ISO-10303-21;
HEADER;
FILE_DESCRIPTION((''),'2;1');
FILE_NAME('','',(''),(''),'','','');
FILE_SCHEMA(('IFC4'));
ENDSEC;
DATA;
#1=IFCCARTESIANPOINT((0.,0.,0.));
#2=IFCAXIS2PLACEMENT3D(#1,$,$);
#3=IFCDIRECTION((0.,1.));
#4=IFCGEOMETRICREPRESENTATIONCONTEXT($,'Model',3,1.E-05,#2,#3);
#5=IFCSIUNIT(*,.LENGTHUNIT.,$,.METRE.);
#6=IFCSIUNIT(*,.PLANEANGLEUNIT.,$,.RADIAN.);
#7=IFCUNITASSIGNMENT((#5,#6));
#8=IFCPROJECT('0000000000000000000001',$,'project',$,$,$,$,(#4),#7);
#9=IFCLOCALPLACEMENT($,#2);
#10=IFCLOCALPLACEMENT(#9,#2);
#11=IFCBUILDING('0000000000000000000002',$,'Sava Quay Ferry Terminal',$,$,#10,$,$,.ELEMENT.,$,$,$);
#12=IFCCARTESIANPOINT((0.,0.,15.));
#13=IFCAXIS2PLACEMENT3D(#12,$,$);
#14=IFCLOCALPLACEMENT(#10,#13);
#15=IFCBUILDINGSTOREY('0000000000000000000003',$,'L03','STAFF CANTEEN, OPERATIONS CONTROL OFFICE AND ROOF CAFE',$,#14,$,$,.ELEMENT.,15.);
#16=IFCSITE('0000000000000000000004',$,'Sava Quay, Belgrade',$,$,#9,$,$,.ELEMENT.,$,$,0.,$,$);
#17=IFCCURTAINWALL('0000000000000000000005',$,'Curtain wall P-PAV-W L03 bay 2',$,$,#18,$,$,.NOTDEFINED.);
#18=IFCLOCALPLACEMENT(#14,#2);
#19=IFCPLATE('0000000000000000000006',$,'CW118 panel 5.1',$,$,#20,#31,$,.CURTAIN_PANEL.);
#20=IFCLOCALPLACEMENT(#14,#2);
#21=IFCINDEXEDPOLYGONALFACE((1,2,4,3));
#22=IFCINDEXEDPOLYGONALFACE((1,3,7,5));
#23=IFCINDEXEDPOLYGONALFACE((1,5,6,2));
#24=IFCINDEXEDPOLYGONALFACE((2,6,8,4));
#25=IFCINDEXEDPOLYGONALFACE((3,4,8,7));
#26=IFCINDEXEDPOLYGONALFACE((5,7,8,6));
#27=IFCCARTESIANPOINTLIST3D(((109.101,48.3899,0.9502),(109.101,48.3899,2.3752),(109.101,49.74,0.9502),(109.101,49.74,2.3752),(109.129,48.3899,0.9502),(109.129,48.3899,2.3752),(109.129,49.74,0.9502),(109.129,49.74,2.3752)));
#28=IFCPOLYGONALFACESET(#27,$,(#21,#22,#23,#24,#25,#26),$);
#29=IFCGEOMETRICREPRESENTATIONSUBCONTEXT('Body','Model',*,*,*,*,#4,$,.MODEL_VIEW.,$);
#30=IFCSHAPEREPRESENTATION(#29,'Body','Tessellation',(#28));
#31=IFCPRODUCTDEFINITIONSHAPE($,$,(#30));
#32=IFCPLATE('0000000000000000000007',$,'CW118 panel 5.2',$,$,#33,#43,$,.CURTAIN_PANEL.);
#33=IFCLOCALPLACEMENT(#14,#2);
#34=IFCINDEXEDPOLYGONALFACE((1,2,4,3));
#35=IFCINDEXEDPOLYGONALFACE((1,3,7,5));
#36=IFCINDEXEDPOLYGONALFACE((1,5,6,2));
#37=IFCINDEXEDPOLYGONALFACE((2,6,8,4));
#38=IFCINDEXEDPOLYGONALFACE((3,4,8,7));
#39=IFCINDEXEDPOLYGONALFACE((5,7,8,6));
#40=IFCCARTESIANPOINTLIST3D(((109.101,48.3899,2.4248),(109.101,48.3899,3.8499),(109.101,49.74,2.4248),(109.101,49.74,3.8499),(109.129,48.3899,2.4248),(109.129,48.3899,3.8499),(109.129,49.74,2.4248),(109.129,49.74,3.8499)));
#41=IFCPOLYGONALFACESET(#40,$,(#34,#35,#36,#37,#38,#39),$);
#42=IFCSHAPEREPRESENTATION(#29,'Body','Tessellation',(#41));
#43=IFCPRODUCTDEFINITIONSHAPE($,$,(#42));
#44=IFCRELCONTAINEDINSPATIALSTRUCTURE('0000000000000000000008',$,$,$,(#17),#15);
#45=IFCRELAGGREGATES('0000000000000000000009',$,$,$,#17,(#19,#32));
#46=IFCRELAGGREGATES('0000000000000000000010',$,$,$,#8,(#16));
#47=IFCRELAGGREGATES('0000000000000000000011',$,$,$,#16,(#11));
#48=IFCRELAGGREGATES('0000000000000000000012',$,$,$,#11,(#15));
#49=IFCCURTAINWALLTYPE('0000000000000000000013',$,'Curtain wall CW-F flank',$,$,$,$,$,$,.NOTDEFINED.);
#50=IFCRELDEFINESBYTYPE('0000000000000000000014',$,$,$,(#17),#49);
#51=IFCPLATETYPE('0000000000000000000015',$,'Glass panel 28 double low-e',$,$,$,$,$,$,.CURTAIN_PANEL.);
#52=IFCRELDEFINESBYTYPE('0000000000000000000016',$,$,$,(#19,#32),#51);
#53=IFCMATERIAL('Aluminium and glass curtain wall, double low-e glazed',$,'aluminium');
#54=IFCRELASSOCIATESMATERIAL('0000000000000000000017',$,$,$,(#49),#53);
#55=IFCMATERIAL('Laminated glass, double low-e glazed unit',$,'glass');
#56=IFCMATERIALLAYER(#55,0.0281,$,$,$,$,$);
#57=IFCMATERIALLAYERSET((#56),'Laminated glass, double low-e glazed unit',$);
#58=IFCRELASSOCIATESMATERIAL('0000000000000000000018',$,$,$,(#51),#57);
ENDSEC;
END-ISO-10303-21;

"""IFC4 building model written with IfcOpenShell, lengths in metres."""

from ifc_helpers import new_model, si_unit, direction, frame, origin, origin_2d, place, context, subcontext, project, spatial, rectangle, extrude, material, layer, layer_set, type_object, element, aggregate, save


model = new_model("IFC4")

# Units and contexts
model_context = context("Model", 3, precision=1e-05, world=origin(), true_north=direction((0.0, 1.0)))
body_context = subcontext(model_context, "Body", "Model", "MODEL_VIEW")
ifc_project = project(units=[si_unit("LENGTHUNIT", "METRE"), si_unit("PLANEANGLEUNIT", "RADIAN")], contexts=[model_context])

# Site, building, storey
site_placement = place(None, origin())
site = spatial("IfcSite", under=ifc_project, at=site_placement, Name="Sava Quay, Belgrade", CompositionType="ELEMENT", RefElevation=0.0)
building_placement = place(site_placement, origin())
building = spatial("IfcBuilding", under=site, at=building_placement, Name="Sava Quay Ferry Terminal", CompositionType="ELEMENT")
storey_placement = place(building_placement, frame((0.0, 0.0, 15.0)))
storey = spatial("IfcBuildingStorey", under=building, at=storey_placement, Name="L03", Description="STAFF CANTEEN, OPERATIONS CONTROL OFFICE AND ROOF CAFE", CompositionType="ELEMENT", Elevation=15.0)

# Shared definitions
ifc_material_1 = material(Name="Aluminium and glass curtain wall, double low-e glazed", Category="aluminium")
curtain_wall_type = type_object("IfcCurtainWallType", Name="Curtain wall CW-F flank", PredefinedType="NOTDEFINED", material=ifc_material_1)

# Curtain wall
curtain_wall_1_placement = place(storey_placement, origin())
curtain_wall_1 = element("IfcCurtainWall", 1, at=curtain_wall_1_placement, inside=storey, type_object=curtain_wall_type, Name="Curtain wall P-PAV-W L03 bay 2", PredefinedType="NOTDEFINED")

# Plates
ifc_material_2 = material(Name="Laminated glass, double low-e glazed unit", Category="glass")
ifc_layer = layer(ifc_material_2, 0.0281)
ifc_layer_set = layer_set([ifc_layer], Name="Laminated glass, double low-e glazed unit")
plate_type = type_object("IfcPlateType", Name="Glass panel 28 double low-e", PredefinedType="CURTAIN_PANEL", material=ifc_layer_set)
plate_1_placement = place(storey_placement, frame((109.115, 49.0649, 0.9502), z_axis=(0.0, 0.0, 1.0), x_axis=(0.0, 1.0, 0.0)))
plate_1 = element("IfcPlate", 2, at=plate_1_placement, type_object=plate_type, Name="CW118 panel 5.1", PredefinedType="CURTAIN_PANEL", context=body_context, shape_type="SweptSolid", body=[
    extrude(rectangle(XDim=1.3501, YDim=0.0281, at=origin_2d()), origin(), (0.0, 0.0, 1.0), 1.425),
])
plate_2_placement = place(storey_placement, frame((109.115, 49.0649, 2.4248), z_axis=(0.0, 0.0, 1.0), x_axis=(0.0, 1.0, 0.0)))
plate_2 = element("IfcPlate", 3, at=plate_2_placement, type_object=plate_type, Name="CW118 panel 5.2", PredefinedType="CURTAIN_PANEL", context=body_context, shape_type="SweptSolid", body=[
    extrude(rectangle(XDim=1.3501, YDim=0.0281, at=origin_2d()), origin(), (0.0, 0.0, 1.0), 1.425),
])
aggregate(curtain_wall_1, [plate_1, plate_2])

save(model, "model.ifc")
